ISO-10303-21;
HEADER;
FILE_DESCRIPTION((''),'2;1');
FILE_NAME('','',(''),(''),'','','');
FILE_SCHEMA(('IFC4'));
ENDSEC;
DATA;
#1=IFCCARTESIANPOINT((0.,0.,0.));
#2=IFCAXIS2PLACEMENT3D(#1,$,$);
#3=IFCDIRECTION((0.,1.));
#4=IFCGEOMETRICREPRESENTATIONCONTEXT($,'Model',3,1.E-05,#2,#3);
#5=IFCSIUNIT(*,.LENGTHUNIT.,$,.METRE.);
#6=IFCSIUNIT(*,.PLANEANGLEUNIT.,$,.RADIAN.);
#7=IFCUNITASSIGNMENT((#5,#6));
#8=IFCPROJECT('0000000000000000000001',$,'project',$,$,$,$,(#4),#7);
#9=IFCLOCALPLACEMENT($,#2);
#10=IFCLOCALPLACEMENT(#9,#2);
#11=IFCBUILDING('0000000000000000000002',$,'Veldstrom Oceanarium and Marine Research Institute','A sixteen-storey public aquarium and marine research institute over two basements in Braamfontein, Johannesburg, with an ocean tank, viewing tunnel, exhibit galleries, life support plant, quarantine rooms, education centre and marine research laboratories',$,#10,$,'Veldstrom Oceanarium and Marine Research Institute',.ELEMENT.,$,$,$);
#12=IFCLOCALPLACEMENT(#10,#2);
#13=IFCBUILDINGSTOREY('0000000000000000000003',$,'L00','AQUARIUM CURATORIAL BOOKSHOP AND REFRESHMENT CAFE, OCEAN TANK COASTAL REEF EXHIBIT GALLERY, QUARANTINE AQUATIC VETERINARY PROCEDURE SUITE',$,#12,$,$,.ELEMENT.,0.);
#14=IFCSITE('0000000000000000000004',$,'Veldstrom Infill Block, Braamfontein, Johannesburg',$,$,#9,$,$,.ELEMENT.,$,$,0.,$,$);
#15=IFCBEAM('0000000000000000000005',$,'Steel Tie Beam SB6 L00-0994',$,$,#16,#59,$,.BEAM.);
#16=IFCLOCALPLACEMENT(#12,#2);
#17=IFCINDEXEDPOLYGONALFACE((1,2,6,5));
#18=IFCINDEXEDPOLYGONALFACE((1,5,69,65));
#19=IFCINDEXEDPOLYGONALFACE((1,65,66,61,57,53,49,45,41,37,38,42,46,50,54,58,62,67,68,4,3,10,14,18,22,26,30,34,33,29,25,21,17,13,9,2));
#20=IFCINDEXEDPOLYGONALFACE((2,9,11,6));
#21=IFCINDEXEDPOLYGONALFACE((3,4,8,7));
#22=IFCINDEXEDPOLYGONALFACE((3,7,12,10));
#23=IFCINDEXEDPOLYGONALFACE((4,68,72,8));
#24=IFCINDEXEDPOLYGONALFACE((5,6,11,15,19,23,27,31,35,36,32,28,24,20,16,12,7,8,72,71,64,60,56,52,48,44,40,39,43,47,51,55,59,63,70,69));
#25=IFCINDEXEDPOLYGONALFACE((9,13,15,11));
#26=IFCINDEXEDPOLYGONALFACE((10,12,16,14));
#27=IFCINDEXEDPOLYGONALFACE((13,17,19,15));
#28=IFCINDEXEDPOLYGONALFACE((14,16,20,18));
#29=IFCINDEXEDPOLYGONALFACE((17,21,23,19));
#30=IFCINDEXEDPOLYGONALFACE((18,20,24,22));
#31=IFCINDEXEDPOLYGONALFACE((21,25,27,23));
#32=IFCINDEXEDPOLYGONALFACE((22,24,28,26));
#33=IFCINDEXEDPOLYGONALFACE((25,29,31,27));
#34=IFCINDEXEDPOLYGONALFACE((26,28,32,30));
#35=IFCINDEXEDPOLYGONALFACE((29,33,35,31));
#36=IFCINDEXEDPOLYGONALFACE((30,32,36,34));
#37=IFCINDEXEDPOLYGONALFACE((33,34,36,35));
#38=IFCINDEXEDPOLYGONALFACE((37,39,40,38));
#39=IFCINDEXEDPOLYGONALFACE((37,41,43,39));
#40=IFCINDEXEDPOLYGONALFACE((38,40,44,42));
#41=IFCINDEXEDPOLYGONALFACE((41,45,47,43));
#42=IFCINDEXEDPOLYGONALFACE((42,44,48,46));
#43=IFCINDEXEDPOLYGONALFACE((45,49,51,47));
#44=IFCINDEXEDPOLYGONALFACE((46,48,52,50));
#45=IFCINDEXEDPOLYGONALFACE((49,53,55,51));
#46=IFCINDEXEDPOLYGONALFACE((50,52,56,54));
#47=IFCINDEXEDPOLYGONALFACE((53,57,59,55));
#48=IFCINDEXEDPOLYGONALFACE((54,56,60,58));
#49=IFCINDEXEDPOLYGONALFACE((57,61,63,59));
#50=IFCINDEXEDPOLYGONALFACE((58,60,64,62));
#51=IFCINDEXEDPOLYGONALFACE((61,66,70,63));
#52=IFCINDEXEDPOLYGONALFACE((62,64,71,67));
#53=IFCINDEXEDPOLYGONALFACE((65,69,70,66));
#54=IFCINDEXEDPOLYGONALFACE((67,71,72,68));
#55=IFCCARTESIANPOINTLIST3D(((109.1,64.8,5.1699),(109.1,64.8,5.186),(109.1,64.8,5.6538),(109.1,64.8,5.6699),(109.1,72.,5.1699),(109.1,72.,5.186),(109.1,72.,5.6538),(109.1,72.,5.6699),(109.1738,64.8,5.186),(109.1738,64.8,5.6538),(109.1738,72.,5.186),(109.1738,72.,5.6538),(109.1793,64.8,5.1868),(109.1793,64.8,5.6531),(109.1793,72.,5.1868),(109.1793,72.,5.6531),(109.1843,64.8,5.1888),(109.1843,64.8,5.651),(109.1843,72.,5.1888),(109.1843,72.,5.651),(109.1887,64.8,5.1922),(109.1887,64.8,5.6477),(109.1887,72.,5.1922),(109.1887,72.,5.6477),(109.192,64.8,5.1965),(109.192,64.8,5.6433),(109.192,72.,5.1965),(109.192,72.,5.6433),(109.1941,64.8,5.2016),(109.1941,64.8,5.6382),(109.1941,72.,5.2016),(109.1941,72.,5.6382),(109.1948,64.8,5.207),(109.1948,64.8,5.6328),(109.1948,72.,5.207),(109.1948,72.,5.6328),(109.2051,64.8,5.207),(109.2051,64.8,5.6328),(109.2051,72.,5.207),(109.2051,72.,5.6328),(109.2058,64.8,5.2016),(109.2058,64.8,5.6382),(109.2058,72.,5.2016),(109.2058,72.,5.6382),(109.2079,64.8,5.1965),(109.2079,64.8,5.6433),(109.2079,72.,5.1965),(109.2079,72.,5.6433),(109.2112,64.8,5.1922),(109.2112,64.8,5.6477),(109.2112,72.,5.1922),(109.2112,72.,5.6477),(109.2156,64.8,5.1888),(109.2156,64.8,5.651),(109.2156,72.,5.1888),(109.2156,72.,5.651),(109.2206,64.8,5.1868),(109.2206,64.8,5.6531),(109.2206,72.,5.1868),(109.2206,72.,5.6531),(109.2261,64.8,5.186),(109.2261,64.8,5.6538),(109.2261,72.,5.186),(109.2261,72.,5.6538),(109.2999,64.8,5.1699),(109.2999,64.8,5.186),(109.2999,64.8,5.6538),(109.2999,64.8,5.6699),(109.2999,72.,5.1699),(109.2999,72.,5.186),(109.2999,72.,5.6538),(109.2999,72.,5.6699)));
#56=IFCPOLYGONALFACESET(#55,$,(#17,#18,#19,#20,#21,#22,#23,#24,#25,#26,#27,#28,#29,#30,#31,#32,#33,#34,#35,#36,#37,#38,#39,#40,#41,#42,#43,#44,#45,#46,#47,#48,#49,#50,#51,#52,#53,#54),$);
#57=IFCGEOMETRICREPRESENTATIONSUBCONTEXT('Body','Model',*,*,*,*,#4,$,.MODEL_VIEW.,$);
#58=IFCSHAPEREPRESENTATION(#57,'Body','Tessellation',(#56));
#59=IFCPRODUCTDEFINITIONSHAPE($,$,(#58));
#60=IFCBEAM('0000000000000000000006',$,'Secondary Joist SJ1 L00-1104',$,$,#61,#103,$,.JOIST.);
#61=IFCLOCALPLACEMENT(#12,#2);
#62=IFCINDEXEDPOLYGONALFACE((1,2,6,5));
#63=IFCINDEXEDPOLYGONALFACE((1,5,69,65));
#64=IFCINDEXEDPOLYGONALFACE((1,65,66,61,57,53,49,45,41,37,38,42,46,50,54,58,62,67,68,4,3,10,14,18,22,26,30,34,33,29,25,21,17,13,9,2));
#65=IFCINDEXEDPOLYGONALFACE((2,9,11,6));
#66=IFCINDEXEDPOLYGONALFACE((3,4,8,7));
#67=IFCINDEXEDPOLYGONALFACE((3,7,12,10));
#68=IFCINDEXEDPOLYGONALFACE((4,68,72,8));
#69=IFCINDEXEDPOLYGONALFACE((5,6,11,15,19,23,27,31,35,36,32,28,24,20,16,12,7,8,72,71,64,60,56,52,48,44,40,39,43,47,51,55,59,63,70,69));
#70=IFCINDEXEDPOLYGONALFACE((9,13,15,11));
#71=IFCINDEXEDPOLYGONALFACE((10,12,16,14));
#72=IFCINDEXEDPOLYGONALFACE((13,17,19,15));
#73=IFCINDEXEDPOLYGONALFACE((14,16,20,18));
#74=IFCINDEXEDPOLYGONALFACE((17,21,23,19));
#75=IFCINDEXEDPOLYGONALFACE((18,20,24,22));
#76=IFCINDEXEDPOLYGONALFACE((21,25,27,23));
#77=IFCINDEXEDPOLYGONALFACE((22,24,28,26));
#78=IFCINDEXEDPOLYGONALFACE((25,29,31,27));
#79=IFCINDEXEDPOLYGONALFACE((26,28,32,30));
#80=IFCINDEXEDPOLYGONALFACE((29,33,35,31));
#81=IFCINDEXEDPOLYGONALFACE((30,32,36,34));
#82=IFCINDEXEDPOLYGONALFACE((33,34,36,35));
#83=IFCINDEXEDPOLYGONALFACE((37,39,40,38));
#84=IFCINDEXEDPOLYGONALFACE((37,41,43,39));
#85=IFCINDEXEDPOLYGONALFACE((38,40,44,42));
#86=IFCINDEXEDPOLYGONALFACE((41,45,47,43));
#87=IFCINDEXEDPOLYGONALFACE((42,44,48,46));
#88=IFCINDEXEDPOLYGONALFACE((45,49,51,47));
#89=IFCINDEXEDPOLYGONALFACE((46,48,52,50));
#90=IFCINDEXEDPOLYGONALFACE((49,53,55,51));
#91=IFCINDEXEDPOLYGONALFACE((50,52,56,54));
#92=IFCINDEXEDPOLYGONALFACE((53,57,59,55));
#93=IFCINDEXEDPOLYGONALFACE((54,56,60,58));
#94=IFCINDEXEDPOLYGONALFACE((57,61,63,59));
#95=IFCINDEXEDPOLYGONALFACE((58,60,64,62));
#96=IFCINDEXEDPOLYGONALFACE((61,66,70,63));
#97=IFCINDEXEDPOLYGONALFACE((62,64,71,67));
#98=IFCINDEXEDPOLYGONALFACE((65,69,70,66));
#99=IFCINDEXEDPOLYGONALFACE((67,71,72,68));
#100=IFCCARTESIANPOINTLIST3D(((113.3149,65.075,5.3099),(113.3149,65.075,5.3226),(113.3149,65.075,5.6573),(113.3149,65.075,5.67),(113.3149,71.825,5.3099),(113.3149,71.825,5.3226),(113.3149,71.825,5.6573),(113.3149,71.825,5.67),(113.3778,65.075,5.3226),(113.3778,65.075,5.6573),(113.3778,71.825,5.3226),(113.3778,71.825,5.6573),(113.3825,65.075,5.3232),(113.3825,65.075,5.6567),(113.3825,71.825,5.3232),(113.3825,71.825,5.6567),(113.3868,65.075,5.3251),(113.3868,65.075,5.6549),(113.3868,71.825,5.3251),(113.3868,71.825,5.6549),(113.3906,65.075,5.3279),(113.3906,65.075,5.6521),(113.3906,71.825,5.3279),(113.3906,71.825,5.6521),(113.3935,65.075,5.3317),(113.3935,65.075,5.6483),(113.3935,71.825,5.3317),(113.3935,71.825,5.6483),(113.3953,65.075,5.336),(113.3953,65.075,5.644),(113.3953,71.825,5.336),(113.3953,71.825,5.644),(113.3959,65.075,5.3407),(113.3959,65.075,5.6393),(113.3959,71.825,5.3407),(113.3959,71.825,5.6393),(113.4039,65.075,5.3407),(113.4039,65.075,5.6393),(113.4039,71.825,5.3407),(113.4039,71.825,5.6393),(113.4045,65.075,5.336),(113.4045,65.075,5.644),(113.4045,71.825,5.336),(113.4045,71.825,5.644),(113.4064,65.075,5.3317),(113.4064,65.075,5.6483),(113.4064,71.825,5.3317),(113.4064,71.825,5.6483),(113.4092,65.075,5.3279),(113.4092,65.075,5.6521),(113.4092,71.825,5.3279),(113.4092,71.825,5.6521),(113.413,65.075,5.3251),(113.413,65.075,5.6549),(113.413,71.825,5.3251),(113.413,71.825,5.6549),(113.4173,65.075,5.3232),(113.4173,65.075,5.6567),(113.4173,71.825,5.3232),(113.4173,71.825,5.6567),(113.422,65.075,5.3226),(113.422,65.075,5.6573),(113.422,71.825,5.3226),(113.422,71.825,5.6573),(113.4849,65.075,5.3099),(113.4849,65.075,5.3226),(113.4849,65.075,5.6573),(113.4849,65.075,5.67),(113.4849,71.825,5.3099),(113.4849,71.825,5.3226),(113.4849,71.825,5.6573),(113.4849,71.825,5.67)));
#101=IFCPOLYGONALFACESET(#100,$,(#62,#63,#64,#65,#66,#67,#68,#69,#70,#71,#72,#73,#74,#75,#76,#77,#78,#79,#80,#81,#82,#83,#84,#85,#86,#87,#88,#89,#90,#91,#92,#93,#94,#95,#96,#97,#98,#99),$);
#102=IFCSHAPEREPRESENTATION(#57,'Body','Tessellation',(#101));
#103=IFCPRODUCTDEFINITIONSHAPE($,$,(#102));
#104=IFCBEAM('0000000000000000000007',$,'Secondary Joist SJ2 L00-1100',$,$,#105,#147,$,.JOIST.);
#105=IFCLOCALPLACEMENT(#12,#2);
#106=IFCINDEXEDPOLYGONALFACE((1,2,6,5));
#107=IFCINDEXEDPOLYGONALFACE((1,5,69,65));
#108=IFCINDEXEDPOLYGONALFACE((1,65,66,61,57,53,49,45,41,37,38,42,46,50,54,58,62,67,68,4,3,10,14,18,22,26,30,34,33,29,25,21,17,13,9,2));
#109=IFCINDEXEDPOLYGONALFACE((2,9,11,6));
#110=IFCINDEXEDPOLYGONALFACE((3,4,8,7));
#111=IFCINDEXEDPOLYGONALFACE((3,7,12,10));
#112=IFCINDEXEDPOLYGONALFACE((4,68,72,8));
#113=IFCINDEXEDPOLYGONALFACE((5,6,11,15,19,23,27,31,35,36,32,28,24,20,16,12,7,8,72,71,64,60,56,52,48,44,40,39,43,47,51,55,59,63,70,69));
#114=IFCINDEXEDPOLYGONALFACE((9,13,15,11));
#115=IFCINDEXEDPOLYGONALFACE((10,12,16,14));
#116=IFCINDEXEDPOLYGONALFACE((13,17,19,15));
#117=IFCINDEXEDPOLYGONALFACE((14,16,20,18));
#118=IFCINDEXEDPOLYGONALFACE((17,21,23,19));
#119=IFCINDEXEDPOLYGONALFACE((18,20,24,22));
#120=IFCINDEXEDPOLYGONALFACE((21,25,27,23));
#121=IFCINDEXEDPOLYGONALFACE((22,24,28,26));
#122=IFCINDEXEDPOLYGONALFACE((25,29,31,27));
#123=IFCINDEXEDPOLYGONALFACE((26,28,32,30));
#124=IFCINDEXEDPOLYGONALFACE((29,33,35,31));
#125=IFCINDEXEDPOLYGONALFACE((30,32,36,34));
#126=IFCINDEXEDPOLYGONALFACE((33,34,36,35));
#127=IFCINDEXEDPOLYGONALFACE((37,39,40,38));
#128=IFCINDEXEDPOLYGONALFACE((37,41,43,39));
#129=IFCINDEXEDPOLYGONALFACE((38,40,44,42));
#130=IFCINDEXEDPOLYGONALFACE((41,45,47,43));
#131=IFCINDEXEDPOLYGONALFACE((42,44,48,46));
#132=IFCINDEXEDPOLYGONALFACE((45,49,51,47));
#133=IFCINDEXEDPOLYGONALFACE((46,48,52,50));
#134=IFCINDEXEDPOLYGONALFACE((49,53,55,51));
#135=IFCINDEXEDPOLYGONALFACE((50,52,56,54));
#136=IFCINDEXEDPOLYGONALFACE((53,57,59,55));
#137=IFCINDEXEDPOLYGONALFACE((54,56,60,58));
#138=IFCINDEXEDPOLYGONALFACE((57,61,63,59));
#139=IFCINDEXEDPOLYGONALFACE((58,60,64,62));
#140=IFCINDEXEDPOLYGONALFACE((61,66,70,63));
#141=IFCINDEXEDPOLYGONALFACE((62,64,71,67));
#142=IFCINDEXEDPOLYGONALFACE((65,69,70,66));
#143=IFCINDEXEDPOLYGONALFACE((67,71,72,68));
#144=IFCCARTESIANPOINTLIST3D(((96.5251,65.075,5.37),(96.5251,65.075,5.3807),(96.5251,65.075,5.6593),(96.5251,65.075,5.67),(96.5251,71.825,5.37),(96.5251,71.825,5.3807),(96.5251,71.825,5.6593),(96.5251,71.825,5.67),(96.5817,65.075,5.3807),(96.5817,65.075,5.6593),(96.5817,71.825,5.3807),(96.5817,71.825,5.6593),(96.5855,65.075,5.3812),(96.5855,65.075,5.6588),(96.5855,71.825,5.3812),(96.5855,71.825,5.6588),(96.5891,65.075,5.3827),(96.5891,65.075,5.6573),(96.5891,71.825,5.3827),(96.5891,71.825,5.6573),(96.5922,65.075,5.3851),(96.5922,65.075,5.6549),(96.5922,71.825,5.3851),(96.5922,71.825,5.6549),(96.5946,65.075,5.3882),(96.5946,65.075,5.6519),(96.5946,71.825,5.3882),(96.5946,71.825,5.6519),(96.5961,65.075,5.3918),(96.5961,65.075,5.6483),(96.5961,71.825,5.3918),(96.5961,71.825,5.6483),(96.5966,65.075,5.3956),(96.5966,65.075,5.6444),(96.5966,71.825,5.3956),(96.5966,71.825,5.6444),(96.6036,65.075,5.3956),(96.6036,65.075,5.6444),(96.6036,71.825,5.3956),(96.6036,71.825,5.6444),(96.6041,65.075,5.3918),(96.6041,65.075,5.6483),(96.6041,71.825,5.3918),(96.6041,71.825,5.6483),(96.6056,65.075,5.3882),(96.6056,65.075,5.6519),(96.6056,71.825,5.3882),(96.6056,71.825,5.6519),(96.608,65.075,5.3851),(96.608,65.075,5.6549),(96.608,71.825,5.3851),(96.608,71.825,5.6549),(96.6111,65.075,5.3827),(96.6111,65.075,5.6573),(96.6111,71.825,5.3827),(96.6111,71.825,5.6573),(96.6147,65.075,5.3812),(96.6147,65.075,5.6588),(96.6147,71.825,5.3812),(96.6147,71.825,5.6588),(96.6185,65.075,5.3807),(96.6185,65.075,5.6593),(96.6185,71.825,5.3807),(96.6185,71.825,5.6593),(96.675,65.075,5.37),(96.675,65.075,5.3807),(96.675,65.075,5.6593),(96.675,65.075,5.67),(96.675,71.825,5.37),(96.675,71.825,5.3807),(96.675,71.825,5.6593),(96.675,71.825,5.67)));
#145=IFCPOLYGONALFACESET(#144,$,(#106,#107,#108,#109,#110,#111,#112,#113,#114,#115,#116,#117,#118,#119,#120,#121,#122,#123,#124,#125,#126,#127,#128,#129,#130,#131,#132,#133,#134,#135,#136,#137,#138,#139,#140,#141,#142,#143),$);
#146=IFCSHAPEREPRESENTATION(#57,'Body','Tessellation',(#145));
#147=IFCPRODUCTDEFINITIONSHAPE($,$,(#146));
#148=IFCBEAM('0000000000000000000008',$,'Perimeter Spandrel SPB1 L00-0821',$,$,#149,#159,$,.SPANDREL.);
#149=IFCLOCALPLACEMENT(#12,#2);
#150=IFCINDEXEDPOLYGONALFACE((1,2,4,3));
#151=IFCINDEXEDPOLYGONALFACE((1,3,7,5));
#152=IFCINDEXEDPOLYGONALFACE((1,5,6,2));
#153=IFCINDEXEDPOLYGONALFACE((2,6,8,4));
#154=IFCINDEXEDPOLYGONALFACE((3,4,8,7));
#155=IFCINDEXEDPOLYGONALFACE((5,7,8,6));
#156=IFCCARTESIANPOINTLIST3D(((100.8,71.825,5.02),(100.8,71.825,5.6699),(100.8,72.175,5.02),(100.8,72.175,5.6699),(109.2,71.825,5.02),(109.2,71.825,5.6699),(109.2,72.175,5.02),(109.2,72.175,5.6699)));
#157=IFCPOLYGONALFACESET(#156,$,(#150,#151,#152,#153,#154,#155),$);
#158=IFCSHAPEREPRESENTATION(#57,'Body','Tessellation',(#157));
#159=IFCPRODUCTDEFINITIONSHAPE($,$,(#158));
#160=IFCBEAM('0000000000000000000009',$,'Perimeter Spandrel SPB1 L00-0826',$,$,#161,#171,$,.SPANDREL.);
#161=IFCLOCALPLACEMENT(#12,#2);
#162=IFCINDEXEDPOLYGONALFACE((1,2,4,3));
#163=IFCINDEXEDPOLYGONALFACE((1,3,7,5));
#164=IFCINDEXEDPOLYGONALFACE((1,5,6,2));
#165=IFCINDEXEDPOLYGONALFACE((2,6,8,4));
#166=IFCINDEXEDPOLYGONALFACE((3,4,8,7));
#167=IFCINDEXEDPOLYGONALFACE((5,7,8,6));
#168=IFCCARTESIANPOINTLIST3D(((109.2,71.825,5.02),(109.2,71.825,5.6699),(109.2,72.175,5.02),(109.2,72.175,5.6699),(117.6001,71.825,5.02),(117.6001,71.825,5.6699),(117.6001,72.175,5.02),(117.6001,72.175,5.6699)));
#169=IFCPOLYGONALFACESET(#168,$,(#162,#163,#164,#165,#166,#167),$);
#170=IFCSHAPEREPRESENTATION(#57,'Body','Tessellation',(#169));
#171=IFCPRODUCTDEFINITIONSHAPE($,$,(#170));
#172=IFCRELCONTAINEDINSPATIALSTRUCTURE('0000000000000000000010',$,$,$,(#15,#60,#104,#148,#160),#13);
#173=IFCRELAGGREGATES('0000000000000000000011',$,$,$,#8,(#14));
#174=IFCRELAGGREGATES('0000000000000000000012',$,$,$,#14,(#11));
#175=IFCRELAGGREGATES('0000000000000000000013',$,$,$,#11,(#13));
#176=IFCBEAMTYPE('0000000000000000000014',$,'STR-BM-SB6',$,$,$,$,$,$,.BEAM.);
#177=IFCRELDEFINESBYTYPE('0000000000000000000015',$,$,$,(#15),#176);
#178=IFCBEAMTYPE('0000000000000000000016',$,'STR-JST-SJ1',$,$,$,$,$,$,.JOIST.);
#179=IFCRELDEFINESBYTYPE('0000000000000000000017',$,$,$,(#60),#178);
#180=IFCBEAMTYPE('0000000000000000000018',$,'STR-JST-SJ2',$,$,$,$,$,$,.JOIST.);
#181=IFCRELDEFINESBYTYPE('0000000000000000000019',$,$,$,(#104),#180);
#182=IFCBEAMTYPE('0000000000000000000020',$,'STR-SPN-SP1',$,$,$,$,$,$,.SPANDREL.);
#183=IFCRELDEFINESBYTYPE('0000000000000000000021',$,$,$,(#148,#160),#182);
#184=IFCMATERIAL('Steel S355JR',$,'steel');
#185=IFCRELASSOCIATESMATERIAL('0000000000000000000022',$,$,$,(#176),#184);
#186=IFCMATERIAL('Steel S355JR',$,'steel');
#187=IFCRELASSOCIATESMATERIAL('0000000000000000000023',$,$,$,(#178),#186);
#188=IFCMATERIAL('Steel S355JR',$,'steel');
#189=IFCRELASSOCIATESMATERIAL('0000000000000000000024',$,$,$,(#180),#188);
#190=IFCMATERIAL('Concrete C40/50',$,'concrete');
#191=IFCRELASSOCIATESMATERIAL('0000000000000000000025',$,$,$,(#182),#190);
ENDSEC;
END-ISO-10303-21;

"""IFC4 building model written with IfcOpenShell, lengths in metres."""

from ifc_helpers import new_model, si_unit, direction, frame, origin, origin_2d, place, context, subcontext, project, spatial, rectangle, i_section, extrude, material, material_profile, profile_set, type_object, element, save


model = new_model("IFC4")

# Units and contexts
model_context = context("Model", 3, precision=1e-05, world=origin(), true_north=direction((0.0, 1.0)))
body_context = subcontext(model_context, "Body", "Model", "MODEL_VIEW")
ifc_project = project(units=[si_unit("LENGTHUNIT", "METRE"), si_unit("PLANEANGLEUNIT", "RADIAN")], contexts=[model_context])

# Site, building, storey
site_placement = place(None, origin())
site = spatial("IfcSite", under=ifc_project, at=site_placement, Name="Veldstrom Infill Block, Braamfontein, Johannesburg", CompositionType="ELEMENT", RefElevation=0.0)
building_placement = place(site_placement, origin())
building = spatial("IfcBuilding", under=site, at=building_placement, Name="Veldstrom Oceanarium and Marine Research Institute", Description="A sixteen-storey public aquarium and marine research institute over two basements in Braamfontein, Johannesburg, with an ocean tank, viewing tunnel, exhibit galleries, life support plant, quarantine rooms, education centre and marine research laboratories", LongName="Veldstrom Oceanarium and Marine Research Institute", CompositionType="ELEMENT")
storey_placement = place(building_placement, origin())
storey = spatial("IfcBuildingStorey", under=building, at=storey_placement, Name="L00", Description="AQUARIUM CURATORIAL BOOKSHOP AND REFRESHMENT CAFE, OCEAN TANK COASTAL REEF EXHIBIT GALLERY, QUARANTINE AQUATIC VETERINARY PROCEDURE SUITE", CompositionType="ELEMENT", Elevation=0.0)

# Beams
ifc_material_1 = material(Name="Steel S355JR", Category="steel")
ifc_material_profile_1 = material_profile(ifc_material_1, i_section(OverallWidth=0.2, OverallDepth=0.5, WebThickness=0.0103, FlangeThickness=0.0161, FilletRadius=0.021, at=origin_2d()), Name="IPE 500")
ifc_profile_set_1 = profile_set([ifc_material_profile_1], Name="Steel S355JR")
beam_type_1 = type_object("IfcBeamType", Name="STR-BM-SB6", PredefinedType="BEAM", material=ifc_profile_set_1)
beam_1_placement = place(storey_placement, frame((109.2, 64.8, 5.4199), z_axis=(0.0, 1.0, 0.0), x_axis=(-1.0, 0.0, 0.0)))
element("IfcBeam", 1, at=beam_1_placement, inside=storey, type_object=beam_type_1, Name="Steel Tie Beam SB6 L00-0994", PredefinedType="BEAM", context=body_context, shape_type="SweptSolid", body=[
    extrude(i_section(OverallWidth=0.2, OverallDepth=0.5, WebThickness=0.0103, FlangeThickness=0.0161, FilletRadius=0.021, at=origin_2d()), origin(), (0.0, 0.0, 1.0), 7.2),
])
ifc_material_2 = material(Name="Steel S355JR", Category="steel")
ifc_material_profile_2 = material_profile(ifc_material_2, i_section(OverallWidth=0.1699, OverallDepth=0.3601, WebThickness=0.0081, FlangeThickness=0.0127, FilletRadius=0.0181, at=origin_2d()), Name="IPE 360")
ifc_profile_set_2 = profile_set([ifc_material_profile_2], Name="Steel S355JR")
beam_type_2 = type_object("IfcBeamType", Name="STR-JST-SJ1", PredefinedType="JOIST", material=ifc_profile_set_2)
beam_2_placement = place(storey_placement, frame((113.3999, 65.075, 5.49), z_axis=(0.0, 1.0, 0.0), x_axis=(-1.0, 0.0, 0.0)))
element("IfcBeam", 2, at=beam_2_placement, inside=storey, type_object=beam_type_2, Name="Secondary Joist SJ1 L00-1104", PredefinedType="JOIST", context=body_context, shape_type="SweptSolid", body=[
    extrude(i_section(OverallWidth=0.1699, OverallDepth=0.3601, WebThickness=0.0081, FlangeThickness=0.0127, FilletRadius=0.0181, at=origin_2d()), origin(), (0.0, 0.0, 1.0), 6.75),
])
ifc_material_3 = material(Name="Steel S355JR", Category="steel")
ifc_material_profile_3 = material_profile(ifc_material_3, i_section(OverallWidth=0.1499, OverallDepth=0.3, WebThickness=0.0071, FlangeThickness=0.0107, FilletRadius=0.0149, at=origin_2d()), Name="IPE 300")
ifc_profile_set_3 = profile_set([ifc_material_profile_3], Name="Steel S355JR")
beam_type_3 = type_object("IfcBeamType", Name="STR-JST-SJ2", PredefinedType="JOIST", material=ifc_profile_set_3)
beam_3_placement = place(storey_placement, frame((96.6001, 65.075, 5.52), z_axis=(0.0, 1.0, 0.0), x_axis=(-1.0, 0.0, 0.0)))
element("IfcBeam", 3, at=beam_3_placement, inside=storey, type_object=beam_type_3, Name="Secondary Joist SJ2 L00-1100", PredefinedType="JOIST", context=body_context, shape_type="SweptSolid", body=[
    extrude(i_section(OverallWidth=0.1499, OverallDepth=0.3, WebThickness=0.0071, FlangeThickness=0.0107, FilletRadius=0.0149, at=origin_2d()), origin(), (0.0, 0.0, 1.0), 6.75),
])
ifc_material_4 = material(Name="Concrete C40/50", Category="concrete")
ifc_material_profile_4 = material_profile(ifc_material_4, rectangle(XDim=0.3501, YDim=0.6499, at=origin_2d()), Name="RC-SPN-350x650")
ifc_profile_set_4 = profile_set([ifc_material_profile_4], Name="Concrete C40/50")
beam_type_4 = type_object("IfcBeamType", Name="STR-SPN-SP1", PredefinedType="SPANDREL", material=ifc_profile_set_4)
beam_4_placement = place(storey_placement, frame((100.8, 72.0, 5.345), z_axis=(1.0, 0.0, 0.0), x_axis=(0.0, 1.0, 0.0)))
element("IfcBeam", 4, at=beam_4_placement, inside=storey, type_object=beam_type_4, Name="Perimeter Spandrel SPB1 L00-0821", PredefinedType="SPANDREL", context=body_context, shape_type="SweptSolid", body=[
    extrude(rectangle(XDim=0.3501, YDim=0.6499, at=origin_2d()), origin(), (0.0, 0.0, 1.0), 8.3999),
])
beam_5_placement = place(storey_placement, frame((109.2, 72.0, 5.345), z_axis=(1.0, 0.0, 0.0), x_axis=(0.0, 1.0, 0.0)))
element("IfcBeam", 5, at=beam_5_placement, inside=storey, type_object=beam_type_4, Name="Perimeter Spandrel SPB1 L00-0826", PredefinedType="SPANDREL", context=body_context, shape_type="SweptSolid", body=[
    extrude(rectangle(XDim=0.3501, YDim=0.6499, at=origin_2d()), origin(), (0.0, 0.0, 1.0), 8.4001),
])

save(model, "model.ifc")
